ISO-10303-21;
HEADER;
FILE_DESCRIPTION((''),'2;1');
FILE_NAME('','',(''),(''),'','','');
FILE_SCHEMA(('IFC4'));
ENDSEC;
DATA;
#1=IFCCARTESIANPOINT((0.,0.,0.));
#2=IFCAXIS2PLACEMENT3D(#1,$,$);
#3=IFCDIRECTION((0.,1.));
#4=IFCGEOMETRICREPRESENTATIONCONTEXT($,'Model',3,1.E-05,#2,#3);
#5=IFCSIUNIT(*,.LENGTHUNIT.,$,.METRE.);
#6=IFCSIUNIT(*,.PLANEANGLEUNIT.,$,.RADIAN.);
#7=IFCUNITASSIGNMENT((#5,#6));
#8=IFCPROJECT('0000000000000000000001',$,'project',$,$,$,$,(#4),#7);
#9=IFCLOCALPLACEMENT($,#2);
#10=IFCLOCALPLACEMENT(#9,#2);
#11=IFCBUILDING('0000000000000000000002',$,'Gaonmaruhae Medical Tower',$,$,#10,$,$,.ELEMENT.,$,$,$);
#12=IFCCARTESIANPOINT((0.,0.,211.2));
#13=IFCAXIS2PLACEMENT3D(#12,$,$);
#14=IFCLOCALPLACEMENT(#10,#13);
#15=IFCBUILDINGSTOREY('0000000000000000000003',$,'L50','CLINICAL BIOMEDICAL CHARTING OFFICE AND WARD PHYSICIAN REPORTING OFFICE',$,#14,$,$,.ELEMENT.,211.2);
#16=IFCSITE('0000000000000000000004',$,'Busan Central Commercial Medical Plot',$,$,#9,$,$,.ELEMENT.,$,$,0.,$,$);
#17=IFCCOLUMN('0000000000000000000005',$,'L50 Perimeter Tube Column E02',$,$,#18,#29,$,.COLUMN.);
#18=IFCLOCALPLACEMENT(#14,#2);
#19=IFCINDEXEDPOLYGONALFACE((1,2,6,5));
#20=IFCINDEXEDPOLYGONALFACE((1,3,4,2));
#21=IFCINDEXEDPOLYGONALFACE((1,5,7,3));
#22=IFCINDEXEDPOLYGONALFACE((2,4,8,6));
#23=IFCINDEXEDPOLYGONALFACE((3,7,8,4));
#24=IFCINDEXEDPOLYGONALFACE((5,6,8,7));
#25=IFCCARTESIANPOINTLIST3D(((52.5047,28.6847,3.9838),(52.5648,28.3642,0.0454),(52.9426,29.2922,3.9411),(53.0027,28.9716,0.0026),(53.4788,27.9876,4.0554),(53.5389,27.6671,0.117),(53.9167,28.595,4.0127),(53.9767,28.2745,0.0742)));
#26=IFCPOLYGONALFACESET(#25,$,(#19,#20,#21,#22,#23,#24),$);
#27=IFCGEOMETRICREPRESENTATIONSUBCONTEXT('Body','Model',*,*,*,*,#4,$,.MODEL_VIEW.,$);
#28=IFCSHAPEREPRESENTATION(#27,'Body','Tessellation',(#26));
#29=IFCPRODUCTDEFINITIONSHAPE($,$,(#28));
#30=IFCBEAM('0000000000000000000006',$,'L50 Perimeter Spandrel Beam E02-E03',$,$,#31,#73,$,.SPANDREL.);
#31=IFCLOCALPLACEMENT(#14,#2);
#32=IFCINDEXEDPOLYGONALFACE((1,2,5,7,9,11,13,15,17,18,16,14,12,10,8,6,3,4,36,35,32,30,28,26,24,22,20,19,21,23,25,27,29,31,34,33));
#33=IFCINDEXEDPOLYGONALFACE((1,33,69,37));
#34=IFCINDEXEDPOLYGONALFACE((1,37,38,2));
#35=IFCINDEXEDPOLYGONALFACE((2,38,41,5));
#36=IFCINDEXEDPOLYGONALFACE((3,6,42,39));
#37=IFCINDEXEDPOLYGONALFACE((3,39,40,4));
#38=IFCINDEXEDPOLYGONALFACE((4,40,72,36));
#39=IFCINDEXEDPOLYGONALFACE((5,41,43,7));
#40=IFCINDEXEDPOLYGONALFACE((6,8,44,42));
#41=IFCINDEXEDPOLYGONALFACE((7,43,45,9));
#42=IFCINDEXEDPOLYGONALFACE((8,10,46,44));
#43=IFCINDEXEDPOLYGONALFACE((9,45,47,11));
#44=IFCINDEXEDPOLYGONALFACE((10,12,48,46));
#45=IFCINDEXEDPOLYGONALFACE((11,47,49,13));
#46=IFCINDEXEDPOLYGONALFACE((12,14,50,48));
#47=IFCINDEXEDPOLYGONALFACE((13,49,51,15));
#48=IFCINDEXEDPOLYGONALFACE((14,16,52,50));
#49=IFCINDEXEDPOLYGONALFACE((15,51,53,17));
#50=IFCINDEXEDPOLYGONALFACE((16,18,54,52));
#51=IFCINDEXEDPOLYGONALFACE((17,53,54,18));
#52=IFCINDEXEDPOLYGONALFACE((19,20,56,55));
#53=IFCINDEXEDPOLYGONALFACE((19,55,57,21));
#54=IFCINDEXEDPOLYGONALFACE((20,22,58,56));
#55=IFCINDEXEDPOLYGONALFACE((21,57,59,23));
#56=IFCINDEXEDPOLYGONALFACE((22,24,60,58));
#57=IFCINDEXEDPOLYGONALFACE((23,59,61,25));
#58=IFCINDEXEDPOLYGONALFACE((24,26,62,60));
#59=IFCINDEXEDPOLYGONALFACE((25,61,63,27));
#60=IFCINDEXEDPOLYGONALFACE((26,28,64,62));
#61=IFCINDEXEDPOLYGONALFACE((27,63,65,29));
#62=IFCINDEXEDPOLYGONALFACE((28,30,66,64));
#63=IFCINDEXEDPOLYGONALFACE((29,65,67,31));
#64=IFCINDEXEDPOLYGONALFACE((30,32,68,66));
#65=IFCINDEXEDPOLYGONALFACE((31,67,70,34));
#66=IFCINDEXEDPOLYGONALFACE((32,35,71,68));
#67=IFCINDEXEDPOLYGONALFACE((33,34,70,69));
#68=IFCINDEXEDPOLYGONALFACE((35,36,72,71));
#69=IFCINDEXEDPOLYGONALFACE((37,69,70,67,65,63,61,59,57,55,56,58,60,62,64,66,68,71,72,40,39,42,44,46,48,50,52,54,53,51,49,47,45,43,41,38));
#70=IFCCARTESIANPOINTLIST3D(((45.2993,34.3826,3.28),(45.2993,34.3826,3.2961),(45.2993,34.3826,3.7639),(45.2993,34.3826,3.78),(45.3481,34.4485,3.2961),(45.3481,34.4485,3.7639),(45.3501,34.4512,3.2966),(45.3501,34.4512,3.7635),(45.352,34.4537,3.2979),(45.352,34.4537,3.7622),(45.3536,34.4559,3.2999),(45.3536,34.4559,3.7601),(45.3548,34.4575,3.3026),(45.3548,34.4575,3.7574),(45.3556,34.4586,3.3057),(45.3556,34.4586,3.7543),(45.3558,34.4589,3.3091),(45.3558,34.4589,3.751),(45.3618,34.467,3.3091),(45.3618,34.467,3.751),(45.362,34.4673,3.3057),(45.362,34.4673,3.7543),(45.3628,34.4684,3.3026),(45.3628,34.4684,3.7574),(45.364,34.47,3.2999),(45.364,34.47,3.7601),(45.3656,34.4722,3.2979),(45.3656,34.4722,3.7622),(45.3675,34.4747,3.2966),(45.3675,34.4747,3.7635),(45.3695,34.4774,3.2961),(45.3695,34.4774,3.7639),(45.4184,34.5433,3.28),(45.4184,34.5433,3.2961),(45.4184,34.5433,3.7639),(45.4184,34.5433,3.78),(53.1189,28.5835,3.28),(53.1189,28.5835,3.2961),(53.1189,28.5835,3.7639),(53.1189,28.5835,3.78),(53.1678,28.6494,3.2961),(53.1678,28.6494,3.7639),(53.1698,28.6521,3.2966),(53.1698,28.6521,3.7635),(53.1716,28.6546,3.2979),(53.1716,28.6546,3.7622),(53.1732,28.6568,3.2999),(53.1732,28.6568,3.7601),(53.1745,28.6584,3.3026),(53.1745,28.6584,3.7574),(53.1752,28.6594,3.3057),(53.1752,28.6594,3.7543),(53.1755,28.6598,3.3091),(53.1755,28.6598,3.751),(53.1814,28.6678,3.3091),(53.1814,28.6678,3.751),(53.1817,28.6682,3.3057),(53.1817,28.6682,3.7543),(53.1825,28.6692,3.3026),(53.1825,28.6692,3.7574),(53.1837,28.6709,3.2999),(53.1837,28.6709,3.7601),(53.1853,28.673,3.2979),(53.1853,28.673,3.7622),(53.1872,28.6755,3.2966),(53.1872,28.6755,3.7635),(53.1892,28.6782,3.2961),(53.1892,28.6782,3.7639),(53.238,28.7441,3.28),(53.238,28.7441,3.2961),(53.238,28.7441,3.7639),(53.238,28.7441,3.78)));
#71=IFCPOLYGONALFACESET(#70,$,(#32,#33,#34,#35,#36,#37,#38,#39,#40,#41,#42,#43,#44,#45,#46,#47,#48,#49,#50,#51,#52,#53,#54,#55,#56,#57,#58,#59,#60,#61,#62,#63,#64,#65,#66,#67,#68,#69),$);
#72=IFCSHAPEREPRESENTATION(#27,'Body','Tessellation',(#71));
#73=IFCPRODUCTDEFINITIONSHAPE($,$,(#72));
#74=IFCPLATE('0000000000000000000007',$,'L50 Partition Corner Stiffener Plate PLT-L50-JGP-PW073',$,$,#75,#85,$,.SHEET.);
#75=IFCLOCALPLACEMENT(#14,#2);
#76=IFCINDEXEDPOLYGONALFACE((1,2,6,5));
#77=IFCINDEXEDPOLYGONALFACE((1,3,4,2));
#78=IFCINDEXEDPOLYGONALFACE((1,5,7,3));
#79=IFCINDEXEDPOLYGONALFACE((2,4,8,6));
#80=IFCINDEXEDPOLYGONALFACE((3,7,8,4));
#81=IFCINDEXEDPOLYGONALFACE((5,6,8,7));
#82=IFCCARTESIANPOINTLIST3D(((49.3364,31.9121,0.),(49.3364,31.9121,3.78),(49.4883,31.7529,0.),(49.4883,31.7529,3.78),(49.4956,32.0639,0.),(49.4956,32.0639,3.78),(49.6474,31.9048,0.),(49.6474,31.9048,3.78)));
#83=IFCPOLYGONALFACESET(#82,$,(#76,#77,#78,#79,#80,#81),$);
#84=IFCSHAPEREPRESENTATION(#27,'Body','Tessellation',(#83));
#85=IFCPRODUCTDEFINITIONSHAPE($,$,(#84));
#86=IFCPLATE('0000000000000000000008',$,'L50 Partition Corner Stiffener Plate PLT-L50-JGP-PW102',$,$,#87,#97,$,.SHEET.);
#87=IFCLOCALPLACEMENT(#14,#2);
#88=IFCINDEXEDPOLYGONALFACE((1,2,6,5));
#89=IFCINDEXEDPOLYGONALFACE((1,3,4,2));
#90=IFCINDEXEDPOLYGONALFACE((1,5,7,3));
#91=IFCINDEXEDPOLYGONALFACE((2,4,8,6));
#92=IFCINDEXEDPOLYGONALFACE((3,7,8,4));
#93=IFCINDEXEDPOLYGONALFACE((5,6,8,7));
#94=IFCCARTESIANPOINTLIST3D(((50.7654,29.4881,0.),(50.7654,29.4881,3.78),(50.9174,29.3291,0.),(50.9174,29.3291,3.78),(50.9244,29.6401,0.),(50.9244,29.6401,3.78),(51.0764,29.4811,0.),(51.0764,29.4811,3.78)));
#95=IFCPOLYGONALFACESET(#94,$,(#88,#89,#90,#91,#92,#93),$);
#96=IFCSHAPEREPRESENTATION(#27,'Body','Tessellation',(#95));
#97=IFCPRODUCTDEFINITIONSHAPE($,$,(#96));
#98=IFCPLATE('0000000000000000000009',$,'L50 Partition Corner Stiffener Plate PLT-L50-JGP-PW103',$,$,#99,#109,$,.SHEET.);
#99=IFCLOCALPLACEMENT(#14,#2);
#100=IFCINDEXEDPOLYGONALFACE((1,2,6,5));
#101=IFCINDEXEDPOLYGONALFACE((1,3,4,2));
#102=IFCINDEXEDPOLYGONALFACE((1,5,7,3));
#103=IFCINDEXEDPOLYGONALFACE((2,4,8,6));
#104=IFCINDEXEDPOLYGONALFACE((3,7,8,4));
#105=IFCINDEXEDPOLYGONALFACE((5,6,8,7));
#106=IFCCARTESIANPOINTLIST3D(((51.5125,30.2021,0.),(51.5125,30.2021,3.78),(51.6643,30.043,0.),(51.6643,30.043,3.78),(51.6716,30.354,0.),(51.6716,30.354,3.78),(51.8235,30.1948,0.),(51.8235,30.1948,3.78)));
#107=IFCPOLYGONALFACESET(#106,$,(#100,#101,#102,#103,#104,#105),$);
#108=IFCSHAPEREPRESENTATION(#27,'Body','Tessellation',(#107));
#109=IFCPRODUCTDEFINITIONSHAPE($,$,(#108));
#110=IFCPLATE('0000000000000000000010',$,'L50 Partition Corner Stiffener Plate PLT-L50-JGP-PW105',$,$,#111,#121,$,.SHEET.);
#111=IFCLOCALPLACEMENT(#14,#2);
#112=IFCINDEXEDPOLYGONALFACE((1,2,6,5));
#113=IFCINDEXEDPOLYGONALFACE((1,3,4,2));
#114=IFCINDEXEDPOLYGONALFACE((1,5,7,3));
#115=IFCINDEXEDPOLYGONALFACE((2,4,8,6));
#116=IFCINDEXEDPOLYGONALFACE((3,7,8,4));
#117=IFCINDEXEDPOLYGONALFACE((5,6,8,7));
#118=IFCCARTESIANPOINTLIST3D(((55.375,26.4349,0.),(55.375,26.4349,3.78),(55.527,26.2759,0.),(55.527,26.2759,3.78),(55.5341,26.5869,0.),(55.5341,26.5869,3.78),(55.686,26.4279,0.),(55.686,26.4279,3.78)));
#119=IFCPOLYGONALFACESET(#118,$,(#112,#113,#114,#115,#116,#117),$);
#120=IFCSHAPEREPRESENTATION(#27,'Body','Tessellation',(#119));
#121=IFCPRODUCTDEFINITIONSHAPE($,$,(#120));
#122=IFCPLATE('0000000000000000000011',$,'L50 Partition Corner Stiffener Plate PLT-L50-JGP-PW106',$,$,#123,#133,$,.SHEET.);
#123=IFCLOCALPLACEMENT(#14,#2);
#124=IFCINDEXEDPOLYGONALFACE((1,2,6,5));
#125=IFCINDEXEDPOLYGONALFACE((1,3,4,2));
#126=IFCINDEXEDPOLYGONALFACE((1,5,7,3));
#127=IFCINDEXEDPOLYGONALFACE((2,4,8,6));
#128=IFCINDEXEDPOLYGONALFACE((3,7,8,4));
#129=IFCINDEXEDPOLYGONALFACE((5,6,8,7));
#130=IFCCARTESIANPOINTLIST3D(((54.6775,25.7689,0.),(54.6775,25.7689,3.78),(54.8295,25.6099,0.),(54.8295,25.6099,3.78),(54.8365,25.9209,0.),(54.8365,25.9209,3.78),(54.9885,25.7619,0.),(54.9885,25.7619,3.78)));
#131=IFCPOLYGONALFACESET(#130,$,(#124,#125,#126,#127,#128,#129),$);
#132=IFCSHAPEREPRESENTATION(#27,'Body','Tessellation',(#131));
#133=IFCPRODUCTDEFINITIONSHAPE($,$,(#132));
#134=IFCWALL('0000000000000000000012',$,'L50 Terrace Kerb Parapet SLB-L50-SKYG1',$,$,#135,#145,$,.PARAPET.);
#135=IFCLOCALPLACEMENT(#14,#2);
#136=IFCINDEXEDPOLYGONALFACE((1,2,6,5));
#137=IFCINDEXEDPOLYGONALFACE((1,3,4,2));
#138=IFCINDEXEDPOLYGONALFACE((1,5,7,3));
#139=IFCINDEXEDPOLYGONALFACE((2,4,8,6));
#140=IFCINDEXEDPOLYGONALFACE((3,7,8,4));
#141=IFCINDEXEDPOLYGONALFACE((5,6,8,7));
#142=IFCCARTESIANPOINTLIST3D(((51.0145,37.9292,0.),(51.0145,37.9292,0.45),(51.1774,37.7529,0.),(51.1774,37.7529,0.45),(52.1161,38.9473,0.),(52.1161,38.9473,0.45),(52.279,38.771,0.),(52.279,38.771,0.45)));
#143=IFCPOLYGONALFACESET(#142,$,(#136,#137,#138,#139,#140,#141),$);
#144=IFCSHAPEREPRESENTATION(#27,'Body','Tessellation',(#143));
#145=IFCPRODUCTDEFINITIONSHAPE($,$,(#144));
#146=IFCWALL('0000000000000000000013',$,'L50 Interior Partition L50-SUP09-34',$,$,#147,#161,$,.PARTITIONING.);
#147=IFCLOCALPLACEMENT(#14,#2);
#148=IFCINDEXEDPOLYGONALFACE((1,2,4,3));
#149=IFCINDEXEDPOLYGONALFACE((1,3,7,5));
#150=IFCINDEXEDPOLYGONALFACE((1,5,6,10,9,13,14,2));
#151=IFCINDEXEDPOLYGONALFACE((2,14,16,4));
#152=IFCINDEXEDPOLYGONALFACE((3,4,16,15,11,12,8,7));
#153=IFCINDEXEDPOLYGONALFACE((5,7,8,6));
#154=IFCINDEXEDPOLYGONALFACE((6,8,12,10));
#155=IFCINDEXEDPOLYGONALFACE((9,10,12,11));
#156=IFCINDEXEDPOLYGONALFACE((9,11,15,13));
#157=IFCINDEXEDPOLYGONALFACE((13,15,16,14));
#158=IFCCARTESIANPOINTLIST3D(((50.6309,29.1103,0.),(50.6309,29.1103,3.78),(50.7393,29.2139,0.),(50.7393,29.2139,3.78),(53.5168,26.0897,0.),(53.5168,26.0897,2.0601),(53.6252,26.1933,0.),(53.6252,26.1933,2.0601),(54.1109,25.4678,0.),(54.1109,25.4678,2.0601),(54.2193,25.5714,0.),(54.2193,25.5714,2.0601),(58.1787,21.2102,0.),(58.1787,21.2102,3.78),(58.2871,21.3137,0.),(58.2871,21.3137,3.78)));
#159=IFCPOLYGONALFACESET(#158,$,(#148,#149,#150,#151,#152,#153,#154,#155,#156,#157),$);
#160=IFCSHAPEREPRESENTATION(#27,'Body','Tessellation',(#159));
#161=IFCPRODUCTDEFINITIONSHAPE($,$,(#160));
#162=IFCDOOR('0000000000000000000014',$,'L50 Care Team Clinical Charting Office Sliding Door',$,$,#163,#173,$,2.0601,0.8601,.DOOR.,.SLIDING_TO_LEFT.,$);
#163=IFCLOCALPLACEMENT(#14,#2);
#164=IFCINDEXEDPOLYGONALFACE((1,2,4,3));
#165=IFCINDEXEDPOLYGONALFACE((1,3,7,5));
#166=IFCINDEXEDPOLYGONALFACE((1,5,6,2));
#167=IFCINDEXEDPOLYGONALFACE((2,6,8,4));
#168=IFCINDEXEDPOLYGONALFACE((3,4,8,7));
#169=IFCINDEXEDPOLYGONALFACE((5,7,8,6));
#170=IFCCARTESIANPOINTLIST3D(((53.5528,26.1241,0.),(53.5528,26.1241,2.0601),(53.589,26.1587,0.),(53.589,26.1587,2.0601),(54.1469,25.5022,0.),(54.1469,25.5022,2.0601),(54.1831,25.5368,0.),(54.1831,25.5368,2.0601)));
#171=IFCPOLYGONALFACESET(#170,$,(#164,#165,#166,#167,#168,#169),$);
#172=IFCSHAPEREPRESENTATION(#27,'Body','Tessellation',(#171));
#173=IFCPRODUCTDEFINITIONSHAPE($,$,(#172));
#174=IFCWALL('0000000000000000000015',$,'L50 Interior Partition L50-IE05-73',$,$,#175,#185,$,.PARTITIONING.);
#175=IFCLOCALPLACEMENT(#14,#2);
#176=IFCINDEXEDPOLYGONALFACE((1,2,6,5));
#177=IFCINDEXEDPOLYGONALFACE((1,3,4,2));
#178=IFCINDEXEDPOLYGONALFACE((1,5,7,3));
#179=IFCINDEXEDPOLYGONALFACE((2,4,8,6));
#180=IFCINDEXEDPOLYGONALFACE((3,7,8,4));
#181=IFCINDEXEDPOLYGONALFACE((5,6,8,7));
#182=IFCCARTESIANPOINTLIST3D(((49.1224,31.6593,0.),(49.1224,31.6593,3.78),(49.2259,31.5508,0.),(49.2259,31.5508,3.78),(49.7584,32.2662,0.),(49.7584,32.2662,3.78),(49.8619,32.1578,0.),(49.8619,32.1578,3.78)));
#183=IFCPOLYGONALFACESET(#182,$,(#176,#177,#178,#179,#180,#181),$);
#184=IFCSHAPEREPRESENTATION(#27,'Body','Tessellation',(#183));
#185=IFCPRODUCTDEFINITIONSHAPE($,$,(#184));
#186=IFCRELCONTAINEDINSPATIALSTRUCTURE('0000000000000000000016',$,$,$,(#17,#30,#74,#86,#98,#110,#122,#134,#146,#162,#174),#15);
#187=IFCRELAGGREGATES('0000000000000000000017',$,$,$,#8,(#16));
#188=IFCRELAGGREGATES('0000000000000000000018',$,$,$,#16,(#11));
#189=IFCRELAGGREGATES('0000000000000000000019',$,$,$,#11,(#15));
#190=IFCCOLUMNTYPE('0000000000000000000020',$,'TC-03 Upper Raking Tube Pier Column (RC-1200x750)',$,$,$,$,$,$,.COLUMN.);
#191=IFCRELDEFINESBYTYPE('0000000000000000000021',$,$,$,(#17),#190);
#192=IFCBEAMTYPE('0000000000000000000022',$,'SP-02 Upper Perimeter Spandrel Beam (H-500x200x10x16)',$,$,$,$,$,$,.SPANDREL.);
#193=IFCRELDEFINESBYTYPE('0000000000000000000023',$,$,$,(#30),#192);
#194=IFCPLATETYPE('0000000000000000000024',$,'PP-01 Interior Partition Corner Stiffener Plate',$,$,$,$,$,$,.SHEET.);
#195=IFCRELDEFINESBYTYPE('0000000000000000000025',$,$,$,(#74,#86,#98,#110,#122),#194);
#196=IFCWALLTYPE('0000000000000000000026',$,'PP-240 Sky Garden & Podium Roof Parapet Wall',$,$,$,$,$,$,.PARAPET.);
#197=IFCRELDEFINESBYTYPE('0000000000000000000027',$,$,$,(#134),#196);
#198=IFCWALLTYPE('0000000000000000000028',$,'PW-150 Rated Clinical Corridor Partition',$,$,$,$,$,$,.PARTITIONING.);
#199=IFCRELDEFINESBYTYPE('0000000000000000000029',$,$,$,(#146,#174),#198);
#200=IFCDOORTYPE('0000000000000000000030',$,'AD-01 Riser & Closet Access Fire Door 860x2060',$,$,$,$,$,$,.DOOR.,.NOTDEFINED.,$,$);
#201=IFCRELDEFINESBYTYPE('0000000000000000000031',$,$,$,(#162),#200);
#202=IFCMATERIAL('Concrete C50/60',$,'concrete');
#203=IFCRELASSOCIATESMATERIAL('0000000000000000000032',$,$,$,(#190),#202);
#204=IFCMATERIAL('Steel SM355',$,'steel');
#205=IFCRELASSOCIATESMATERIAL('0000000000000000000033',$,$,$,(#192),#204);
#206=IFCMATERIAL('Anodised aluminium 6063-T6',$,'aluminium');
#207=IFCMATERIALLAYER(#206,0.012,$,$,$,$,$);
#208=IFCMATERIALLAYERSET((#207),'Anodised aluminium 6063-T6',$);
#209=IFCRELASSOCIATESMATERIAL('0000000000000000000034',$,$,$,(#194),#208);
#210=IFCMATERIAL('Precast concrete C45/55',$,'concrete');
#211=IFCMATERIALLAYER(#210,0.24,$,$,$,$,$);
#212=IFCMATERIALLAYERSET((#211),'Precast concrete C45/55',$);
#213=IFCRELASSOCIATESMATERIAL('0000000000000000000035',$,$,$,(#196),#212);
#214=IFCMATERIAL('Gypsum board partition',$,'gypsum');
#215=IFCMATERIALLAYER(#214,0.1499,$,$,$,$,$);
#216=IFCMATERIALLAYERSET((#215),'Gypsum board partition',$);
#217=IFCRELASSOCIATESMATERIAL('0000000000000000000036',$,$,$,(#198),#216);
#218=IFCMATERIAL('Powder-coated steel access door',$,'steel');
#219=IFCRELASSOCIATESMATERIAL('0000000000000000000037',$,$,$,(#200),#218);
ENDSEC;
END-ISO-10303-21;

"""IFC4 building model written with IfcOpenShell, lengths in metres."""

from ifc_helpers import new_model, si_unit, direction, frame, frame_2d, origin, origin_2d, place, context, subcontext, project, spatial, rectangle, i_section, extrude, material, layer, layer_set, material_profile, profile_set, type_object, element, fill, save


model = new_model("IFC4")

# Units and contexts
model_context = context("Model", 3, precision=1e-05, world=origin(), true_north=direction((0.0, 1.0)))
body_context = subcontext(model_context, "Body", "Model", "MODEL_VIEW")
ifc_project = project(units=[si_unit("LENGTHUNIT", "METRE"), si_unit("PLANEANGLEUNIT", "RADIAN")], contexts=[model_context])

# Site, building, storey
site_placement = place(None, origin())
site = spatial("IfcSite", under=ifc_project, at=site_placement, Name="Busan Central Commercial Medical Plot", CompositionType="ELEMENT", RefElevation=0.0)
building_placement = place(site_placement, origin())
building = spatial("IfcBuilding", under=site, at=building_placement, Name="Gaonmaruhae Medical Tower", CompositionType="ELEMENT")
storey_placement = place(building_placement, frame((0.0, 0.0, 211.2)))
storey = spatial("IfcBuildingStorey", under=building, at=storey_placement, Name="L50", Description="CLINICAL BIOMEDICAL CHARTING OFFICE AND WARD PHYSICIAN REPORTING OFFICE", CompositionType="ELEMENT", Elevation=211.2)

# Column
ifc_material_1 = material(Name="Concrete C50/60", Category="concrete")
ifc_material_profile_1 = material_profile(ifc_material_1, rectangle(XDim=1.2, YDim=0.75, at=origin_2d()), Name="RC-1200x750")
ifc_profile_set_1 = profile_set([ifc_material_profile_1], Name="Concrete C50/60")
column_type = type_object("IfcColumnType", Name="TC-03 Upper Raking Tube Pier Column (RC-1200x750)", PredefinedType="COLUMN", material=ifc_profile_set_1)
column_placement = place(storey_placement, frame((53.2708, 28.3193, 0.0598), z_axis=(-0.015197, 0.081113, 0.996589), x_axis=(0.811749, -0.580951, 0.059663)))
element("IfcColumn", 1, at=column_placement, inside=storey, type_object=column_type, Name="L50 Perimeter Tube Column E02", PredefinedType="COLUMN", context=body_context, shape_type="SweptSolid", body=[
    extrude(rectangle(XDim=1.2, YDim=0.75, at=origin_2d()), origin(), (0.0, 0.0, 1.0), 3.9519),
])

# Beam
ifc_material_2 = material(Name="Steel SM355", Category="steel")
ifc_material_profile_2 = material_profile(ifc_material_2, i_section(OverallWidth=0.2, OverallDepth=0.5, WebThickness=0.01, FlangeThickness=0.0161, FilletRadius=0.0129, at=origin_2d()), Name="H-500x200x10x16")
ifc_profile_set_2 = profile_set([ifc_material_profile_2], Name="Steel SM355")
beam_type = type_object("IfcBeamType", Name="SP-02 Upper Perimeter Spandrel Beam (H-500x200x10x16)", PredefinedType="SPANDREL", material=ifc_profile_set_2)
beam_placement = place(storey_placement, frame((53.1785, 28.6638, 3.53), z_axis=(-0.803223, 0.595678, 0.0), x_axis=(-0.595678, -0.803223, 0.0)))
element("IfcBeam", 2, at=beam_placement, inside=storey, type_object=beam_type, Name="L50 Perimeter Spandrel Beam E02-E03", PredefinedType="SPANDREL", context=body_context, shape_type="SweptSolid", body=[
    extrude(i_section(OverallWidth=0.2, OverallDepth=0.5, WebThickness=0.01, FlangeThickness=0.0161, FilletRadius=0.0129, at=origin_2d()), origin(), (0.0, 0.0, 1.0), 9.7354),
])

# Plates
ifc_material_3 = material(Name="Anodised aluminium 6063-T6", Category="aluminium")
ifc_layer_1 = layer(ifc_material_3, 0.012)
ifc_layer_set_1 = layer_set([ifc_layer_1], Name="Anodised aluminium 6063-T6")
plate_type = type_object("IfcPlateType", Name="PP-01 Interior Partition Corner Stiffener Plate", PredefinedType="SHEET", material=ifc_layer_set_1)
for number, where, z_axis, x_axis, name in (
    (3, (49.4919, 31.9084, 0.0), (0.0, 0.0, 1.0), (-0.723413, -0.690415, 0.0), "L50 Partition Corner Stiffener Plate PLT-L50-JGP-PW073"),
    (4, (50.9209, 29.4846, 0.0), (0.0, 0.0, 1.0), (0.722834, 0.691021, 0.0), "L50 Partition Corner Stiffener Plate PLT-L50-JGP-PW102"),
    (5, (51.668, 30.1985, 0.0), (0.0, 0.0, 1.0), (0.723461, 0.690365, 0.0), "L50 Partition Corner Stiffener Plate PLT-L50-JGP-PW103"),
    (6, (55.5305, 26.4314, 0.0), (0.0, 0.0, 1.0), (-0.722991, -0.690857, 0.0), "L50 Partition Corner Stiffener Plate PLT-L50-JGP-PW105"),
    (7, (54.833, 25.7654, 0.0), (0.0, 0.0, 1.0), (-0.722871, -0.690983, 0.0), "L50 Partition Corner Stiffener Plate PLT-L50-JGP-PW106"),
):
    element("IfcPlate", number, at=place(storey_placement, frame(where, z_axis=z_axis, x_axis=x_axis)), inside=storey, type_object=plate_type, Name=name, PredefinedType="SHEET", context=body_context, shape_type="SweptSolid", body=[
        extrude(rectangle(XDim=0.22, YDim=0.22, at=origin_2d()), origin(), (0.0, 0.0, 1.0), 3.78),
    ])

# Shared definitions
ifc_material_4 = material(Name="Precast concrete C45/55", Category="concrete")

# Wall
ifc_layer_2 = layer(ifc_material_4, 0.24)
ifc_layer_set_2 = layer_set([ifc_layer_2], Name="Precast concrete C45/55")
wall_type_1 = type_object("IfcWallType", Name="PP-240 Sky Garden & Podium Roof Parapet Wall", PredefinedType="PARAPET", material=ifc_layer_set_2)
wall_1_placement = place(storey_placement, frame((51.0959, 37.8411, 0.0), z_axis=(0.0, 0.0, 1.0), x_axis=(0.734391, 0.678726, 0.0)))
element("IfcWall", 8, at=wall_1_placement, inside=storey, type_object=wall_type_1, Name="L50 Terrace Kerb Parapet SLB-L50-SKYG1", PredefinedType="PARAPET", context=body_context, shape_type="SweptSolid", body=[
    extrude(rectangle(XDim=1.5, YDim=0.24, at=frame_2d((0.75, 0.0))), origin(), (0.0, 0.0, 1.0), 0.45),
])

# Wall, opening, door
ifc_material_5 = material(Name="Gypsum board partition", Category="gypsum")
ifc_layer_3 = layer(ifc_material_5, 0.1499)
ifc_layer_set_3 = layer_set([ifc_layer_3], Name="Gypsum board partition")
wall_type_2 = type_object("IfcWallType", Name="PW-150 Rated Clinical Corridor Partition", PredefinedType="PARTITIONING", material=ifc_layer_set_3)
wall_2_placement = place(storey_placement, frame((50.6851, 29.1621, 0.0), z_axis=(0.0, 0.0, 1.0), x_axis=(0.690801, -0.723045, 0.0)))
wall_2 = element("IfcWall", 9, at=wall_2_placement, inside=storey, type_object=wall_type_2, Name="L50 Interior Partition L50-SUP09-34", PredefinedType="PARTITIONING", context=body_context, shape_type="SweptSolid", body=[
    extrude(rectangle(XDim=10.9263, YDim=0.1499, at=frame_2d((5.4631, 0.0))), origin(), (0.0, 0.0, 1.0), 3.78),
])
opening_1_placement = place(wall_2_placement, frame((4.1775, 0.0, 0.0)))
opening_1 = element("IfcOpeningElement", 10, at=opening_1_placement, cuts=wall_2, PredefinedType="OPENING", context=body_context, shape_type="SweptSolid", body=[
    extrude(rectangle(XDim=0.8601, YDim=2.0601, at=frame_2d((0.4302, 1.03))), frame((0.0, 0.085, 0.0), z_axis=(0.0, -1.0, 0.0), x_axis=(1.0, 0.0, 0.0)), (0.0, 0.0, 1.0), 0.1699),
])
ifc_material_6 = material(Name="Powder-coated steel access door", Category="steel")
door_type_1 = type_object("IfcDoorType", Name="AD-01 Riser & Closet Access Fire Door 860x2060", OperationType="NOTDEFINED", PredefinedType="DOOR", material=ifc_material_6)
door_1_placement = place(opening_1_placement, origin())
door_1 = element("IfcDoor", 11, at=door_1_placement, inside=storey, type_object=door_type_1, Name="L50 Care Team Clinical Charting Office Sliding Door", OperationType="SLIDING_TO_LEFT", OverallHeight=2.0601, OverallWidth=0.8601, PredefinedType="DOOR", context=body_context, shape_type="SweptSolid", body=[
    extrude(rectangle(XDim=0.8601, YDim=2.0601, at=frame_2d((0.4302, 1.03))), frame((0.0, 0.0249, 0.0), z_axis=(0.0, -1.0, 0.0), x_axis=(1.0, 0.0, 0.0)), (0.0, 0.0, 1.0), 0.05),
])
fill(opening_1, door_1)

# Wall
wall_3_placement = place(storey_placement, frame((49.8101, 32.2119, 0.0), z_axis=(0.0, 0.0, 1.0), x_axis=(-0.723438, -0.69039, 0.0)))
element("IfcWall", 12, at=wall_3_placement, inside=storey, type_object=wall_type_2, Name="L50 Interior Partition L50-IE05-73", PredefinedType="PARTITIONING", context=body_context, shape_type="SweptSolid", body=[
    extrude(rectangle(XDim=0.8792, YDim=0.1499, at=frame_2d((0.4395, 0.0))), origin(), (0.0, 0.0, 1.0), 3.78),
])

save(model, "model.ifc")
